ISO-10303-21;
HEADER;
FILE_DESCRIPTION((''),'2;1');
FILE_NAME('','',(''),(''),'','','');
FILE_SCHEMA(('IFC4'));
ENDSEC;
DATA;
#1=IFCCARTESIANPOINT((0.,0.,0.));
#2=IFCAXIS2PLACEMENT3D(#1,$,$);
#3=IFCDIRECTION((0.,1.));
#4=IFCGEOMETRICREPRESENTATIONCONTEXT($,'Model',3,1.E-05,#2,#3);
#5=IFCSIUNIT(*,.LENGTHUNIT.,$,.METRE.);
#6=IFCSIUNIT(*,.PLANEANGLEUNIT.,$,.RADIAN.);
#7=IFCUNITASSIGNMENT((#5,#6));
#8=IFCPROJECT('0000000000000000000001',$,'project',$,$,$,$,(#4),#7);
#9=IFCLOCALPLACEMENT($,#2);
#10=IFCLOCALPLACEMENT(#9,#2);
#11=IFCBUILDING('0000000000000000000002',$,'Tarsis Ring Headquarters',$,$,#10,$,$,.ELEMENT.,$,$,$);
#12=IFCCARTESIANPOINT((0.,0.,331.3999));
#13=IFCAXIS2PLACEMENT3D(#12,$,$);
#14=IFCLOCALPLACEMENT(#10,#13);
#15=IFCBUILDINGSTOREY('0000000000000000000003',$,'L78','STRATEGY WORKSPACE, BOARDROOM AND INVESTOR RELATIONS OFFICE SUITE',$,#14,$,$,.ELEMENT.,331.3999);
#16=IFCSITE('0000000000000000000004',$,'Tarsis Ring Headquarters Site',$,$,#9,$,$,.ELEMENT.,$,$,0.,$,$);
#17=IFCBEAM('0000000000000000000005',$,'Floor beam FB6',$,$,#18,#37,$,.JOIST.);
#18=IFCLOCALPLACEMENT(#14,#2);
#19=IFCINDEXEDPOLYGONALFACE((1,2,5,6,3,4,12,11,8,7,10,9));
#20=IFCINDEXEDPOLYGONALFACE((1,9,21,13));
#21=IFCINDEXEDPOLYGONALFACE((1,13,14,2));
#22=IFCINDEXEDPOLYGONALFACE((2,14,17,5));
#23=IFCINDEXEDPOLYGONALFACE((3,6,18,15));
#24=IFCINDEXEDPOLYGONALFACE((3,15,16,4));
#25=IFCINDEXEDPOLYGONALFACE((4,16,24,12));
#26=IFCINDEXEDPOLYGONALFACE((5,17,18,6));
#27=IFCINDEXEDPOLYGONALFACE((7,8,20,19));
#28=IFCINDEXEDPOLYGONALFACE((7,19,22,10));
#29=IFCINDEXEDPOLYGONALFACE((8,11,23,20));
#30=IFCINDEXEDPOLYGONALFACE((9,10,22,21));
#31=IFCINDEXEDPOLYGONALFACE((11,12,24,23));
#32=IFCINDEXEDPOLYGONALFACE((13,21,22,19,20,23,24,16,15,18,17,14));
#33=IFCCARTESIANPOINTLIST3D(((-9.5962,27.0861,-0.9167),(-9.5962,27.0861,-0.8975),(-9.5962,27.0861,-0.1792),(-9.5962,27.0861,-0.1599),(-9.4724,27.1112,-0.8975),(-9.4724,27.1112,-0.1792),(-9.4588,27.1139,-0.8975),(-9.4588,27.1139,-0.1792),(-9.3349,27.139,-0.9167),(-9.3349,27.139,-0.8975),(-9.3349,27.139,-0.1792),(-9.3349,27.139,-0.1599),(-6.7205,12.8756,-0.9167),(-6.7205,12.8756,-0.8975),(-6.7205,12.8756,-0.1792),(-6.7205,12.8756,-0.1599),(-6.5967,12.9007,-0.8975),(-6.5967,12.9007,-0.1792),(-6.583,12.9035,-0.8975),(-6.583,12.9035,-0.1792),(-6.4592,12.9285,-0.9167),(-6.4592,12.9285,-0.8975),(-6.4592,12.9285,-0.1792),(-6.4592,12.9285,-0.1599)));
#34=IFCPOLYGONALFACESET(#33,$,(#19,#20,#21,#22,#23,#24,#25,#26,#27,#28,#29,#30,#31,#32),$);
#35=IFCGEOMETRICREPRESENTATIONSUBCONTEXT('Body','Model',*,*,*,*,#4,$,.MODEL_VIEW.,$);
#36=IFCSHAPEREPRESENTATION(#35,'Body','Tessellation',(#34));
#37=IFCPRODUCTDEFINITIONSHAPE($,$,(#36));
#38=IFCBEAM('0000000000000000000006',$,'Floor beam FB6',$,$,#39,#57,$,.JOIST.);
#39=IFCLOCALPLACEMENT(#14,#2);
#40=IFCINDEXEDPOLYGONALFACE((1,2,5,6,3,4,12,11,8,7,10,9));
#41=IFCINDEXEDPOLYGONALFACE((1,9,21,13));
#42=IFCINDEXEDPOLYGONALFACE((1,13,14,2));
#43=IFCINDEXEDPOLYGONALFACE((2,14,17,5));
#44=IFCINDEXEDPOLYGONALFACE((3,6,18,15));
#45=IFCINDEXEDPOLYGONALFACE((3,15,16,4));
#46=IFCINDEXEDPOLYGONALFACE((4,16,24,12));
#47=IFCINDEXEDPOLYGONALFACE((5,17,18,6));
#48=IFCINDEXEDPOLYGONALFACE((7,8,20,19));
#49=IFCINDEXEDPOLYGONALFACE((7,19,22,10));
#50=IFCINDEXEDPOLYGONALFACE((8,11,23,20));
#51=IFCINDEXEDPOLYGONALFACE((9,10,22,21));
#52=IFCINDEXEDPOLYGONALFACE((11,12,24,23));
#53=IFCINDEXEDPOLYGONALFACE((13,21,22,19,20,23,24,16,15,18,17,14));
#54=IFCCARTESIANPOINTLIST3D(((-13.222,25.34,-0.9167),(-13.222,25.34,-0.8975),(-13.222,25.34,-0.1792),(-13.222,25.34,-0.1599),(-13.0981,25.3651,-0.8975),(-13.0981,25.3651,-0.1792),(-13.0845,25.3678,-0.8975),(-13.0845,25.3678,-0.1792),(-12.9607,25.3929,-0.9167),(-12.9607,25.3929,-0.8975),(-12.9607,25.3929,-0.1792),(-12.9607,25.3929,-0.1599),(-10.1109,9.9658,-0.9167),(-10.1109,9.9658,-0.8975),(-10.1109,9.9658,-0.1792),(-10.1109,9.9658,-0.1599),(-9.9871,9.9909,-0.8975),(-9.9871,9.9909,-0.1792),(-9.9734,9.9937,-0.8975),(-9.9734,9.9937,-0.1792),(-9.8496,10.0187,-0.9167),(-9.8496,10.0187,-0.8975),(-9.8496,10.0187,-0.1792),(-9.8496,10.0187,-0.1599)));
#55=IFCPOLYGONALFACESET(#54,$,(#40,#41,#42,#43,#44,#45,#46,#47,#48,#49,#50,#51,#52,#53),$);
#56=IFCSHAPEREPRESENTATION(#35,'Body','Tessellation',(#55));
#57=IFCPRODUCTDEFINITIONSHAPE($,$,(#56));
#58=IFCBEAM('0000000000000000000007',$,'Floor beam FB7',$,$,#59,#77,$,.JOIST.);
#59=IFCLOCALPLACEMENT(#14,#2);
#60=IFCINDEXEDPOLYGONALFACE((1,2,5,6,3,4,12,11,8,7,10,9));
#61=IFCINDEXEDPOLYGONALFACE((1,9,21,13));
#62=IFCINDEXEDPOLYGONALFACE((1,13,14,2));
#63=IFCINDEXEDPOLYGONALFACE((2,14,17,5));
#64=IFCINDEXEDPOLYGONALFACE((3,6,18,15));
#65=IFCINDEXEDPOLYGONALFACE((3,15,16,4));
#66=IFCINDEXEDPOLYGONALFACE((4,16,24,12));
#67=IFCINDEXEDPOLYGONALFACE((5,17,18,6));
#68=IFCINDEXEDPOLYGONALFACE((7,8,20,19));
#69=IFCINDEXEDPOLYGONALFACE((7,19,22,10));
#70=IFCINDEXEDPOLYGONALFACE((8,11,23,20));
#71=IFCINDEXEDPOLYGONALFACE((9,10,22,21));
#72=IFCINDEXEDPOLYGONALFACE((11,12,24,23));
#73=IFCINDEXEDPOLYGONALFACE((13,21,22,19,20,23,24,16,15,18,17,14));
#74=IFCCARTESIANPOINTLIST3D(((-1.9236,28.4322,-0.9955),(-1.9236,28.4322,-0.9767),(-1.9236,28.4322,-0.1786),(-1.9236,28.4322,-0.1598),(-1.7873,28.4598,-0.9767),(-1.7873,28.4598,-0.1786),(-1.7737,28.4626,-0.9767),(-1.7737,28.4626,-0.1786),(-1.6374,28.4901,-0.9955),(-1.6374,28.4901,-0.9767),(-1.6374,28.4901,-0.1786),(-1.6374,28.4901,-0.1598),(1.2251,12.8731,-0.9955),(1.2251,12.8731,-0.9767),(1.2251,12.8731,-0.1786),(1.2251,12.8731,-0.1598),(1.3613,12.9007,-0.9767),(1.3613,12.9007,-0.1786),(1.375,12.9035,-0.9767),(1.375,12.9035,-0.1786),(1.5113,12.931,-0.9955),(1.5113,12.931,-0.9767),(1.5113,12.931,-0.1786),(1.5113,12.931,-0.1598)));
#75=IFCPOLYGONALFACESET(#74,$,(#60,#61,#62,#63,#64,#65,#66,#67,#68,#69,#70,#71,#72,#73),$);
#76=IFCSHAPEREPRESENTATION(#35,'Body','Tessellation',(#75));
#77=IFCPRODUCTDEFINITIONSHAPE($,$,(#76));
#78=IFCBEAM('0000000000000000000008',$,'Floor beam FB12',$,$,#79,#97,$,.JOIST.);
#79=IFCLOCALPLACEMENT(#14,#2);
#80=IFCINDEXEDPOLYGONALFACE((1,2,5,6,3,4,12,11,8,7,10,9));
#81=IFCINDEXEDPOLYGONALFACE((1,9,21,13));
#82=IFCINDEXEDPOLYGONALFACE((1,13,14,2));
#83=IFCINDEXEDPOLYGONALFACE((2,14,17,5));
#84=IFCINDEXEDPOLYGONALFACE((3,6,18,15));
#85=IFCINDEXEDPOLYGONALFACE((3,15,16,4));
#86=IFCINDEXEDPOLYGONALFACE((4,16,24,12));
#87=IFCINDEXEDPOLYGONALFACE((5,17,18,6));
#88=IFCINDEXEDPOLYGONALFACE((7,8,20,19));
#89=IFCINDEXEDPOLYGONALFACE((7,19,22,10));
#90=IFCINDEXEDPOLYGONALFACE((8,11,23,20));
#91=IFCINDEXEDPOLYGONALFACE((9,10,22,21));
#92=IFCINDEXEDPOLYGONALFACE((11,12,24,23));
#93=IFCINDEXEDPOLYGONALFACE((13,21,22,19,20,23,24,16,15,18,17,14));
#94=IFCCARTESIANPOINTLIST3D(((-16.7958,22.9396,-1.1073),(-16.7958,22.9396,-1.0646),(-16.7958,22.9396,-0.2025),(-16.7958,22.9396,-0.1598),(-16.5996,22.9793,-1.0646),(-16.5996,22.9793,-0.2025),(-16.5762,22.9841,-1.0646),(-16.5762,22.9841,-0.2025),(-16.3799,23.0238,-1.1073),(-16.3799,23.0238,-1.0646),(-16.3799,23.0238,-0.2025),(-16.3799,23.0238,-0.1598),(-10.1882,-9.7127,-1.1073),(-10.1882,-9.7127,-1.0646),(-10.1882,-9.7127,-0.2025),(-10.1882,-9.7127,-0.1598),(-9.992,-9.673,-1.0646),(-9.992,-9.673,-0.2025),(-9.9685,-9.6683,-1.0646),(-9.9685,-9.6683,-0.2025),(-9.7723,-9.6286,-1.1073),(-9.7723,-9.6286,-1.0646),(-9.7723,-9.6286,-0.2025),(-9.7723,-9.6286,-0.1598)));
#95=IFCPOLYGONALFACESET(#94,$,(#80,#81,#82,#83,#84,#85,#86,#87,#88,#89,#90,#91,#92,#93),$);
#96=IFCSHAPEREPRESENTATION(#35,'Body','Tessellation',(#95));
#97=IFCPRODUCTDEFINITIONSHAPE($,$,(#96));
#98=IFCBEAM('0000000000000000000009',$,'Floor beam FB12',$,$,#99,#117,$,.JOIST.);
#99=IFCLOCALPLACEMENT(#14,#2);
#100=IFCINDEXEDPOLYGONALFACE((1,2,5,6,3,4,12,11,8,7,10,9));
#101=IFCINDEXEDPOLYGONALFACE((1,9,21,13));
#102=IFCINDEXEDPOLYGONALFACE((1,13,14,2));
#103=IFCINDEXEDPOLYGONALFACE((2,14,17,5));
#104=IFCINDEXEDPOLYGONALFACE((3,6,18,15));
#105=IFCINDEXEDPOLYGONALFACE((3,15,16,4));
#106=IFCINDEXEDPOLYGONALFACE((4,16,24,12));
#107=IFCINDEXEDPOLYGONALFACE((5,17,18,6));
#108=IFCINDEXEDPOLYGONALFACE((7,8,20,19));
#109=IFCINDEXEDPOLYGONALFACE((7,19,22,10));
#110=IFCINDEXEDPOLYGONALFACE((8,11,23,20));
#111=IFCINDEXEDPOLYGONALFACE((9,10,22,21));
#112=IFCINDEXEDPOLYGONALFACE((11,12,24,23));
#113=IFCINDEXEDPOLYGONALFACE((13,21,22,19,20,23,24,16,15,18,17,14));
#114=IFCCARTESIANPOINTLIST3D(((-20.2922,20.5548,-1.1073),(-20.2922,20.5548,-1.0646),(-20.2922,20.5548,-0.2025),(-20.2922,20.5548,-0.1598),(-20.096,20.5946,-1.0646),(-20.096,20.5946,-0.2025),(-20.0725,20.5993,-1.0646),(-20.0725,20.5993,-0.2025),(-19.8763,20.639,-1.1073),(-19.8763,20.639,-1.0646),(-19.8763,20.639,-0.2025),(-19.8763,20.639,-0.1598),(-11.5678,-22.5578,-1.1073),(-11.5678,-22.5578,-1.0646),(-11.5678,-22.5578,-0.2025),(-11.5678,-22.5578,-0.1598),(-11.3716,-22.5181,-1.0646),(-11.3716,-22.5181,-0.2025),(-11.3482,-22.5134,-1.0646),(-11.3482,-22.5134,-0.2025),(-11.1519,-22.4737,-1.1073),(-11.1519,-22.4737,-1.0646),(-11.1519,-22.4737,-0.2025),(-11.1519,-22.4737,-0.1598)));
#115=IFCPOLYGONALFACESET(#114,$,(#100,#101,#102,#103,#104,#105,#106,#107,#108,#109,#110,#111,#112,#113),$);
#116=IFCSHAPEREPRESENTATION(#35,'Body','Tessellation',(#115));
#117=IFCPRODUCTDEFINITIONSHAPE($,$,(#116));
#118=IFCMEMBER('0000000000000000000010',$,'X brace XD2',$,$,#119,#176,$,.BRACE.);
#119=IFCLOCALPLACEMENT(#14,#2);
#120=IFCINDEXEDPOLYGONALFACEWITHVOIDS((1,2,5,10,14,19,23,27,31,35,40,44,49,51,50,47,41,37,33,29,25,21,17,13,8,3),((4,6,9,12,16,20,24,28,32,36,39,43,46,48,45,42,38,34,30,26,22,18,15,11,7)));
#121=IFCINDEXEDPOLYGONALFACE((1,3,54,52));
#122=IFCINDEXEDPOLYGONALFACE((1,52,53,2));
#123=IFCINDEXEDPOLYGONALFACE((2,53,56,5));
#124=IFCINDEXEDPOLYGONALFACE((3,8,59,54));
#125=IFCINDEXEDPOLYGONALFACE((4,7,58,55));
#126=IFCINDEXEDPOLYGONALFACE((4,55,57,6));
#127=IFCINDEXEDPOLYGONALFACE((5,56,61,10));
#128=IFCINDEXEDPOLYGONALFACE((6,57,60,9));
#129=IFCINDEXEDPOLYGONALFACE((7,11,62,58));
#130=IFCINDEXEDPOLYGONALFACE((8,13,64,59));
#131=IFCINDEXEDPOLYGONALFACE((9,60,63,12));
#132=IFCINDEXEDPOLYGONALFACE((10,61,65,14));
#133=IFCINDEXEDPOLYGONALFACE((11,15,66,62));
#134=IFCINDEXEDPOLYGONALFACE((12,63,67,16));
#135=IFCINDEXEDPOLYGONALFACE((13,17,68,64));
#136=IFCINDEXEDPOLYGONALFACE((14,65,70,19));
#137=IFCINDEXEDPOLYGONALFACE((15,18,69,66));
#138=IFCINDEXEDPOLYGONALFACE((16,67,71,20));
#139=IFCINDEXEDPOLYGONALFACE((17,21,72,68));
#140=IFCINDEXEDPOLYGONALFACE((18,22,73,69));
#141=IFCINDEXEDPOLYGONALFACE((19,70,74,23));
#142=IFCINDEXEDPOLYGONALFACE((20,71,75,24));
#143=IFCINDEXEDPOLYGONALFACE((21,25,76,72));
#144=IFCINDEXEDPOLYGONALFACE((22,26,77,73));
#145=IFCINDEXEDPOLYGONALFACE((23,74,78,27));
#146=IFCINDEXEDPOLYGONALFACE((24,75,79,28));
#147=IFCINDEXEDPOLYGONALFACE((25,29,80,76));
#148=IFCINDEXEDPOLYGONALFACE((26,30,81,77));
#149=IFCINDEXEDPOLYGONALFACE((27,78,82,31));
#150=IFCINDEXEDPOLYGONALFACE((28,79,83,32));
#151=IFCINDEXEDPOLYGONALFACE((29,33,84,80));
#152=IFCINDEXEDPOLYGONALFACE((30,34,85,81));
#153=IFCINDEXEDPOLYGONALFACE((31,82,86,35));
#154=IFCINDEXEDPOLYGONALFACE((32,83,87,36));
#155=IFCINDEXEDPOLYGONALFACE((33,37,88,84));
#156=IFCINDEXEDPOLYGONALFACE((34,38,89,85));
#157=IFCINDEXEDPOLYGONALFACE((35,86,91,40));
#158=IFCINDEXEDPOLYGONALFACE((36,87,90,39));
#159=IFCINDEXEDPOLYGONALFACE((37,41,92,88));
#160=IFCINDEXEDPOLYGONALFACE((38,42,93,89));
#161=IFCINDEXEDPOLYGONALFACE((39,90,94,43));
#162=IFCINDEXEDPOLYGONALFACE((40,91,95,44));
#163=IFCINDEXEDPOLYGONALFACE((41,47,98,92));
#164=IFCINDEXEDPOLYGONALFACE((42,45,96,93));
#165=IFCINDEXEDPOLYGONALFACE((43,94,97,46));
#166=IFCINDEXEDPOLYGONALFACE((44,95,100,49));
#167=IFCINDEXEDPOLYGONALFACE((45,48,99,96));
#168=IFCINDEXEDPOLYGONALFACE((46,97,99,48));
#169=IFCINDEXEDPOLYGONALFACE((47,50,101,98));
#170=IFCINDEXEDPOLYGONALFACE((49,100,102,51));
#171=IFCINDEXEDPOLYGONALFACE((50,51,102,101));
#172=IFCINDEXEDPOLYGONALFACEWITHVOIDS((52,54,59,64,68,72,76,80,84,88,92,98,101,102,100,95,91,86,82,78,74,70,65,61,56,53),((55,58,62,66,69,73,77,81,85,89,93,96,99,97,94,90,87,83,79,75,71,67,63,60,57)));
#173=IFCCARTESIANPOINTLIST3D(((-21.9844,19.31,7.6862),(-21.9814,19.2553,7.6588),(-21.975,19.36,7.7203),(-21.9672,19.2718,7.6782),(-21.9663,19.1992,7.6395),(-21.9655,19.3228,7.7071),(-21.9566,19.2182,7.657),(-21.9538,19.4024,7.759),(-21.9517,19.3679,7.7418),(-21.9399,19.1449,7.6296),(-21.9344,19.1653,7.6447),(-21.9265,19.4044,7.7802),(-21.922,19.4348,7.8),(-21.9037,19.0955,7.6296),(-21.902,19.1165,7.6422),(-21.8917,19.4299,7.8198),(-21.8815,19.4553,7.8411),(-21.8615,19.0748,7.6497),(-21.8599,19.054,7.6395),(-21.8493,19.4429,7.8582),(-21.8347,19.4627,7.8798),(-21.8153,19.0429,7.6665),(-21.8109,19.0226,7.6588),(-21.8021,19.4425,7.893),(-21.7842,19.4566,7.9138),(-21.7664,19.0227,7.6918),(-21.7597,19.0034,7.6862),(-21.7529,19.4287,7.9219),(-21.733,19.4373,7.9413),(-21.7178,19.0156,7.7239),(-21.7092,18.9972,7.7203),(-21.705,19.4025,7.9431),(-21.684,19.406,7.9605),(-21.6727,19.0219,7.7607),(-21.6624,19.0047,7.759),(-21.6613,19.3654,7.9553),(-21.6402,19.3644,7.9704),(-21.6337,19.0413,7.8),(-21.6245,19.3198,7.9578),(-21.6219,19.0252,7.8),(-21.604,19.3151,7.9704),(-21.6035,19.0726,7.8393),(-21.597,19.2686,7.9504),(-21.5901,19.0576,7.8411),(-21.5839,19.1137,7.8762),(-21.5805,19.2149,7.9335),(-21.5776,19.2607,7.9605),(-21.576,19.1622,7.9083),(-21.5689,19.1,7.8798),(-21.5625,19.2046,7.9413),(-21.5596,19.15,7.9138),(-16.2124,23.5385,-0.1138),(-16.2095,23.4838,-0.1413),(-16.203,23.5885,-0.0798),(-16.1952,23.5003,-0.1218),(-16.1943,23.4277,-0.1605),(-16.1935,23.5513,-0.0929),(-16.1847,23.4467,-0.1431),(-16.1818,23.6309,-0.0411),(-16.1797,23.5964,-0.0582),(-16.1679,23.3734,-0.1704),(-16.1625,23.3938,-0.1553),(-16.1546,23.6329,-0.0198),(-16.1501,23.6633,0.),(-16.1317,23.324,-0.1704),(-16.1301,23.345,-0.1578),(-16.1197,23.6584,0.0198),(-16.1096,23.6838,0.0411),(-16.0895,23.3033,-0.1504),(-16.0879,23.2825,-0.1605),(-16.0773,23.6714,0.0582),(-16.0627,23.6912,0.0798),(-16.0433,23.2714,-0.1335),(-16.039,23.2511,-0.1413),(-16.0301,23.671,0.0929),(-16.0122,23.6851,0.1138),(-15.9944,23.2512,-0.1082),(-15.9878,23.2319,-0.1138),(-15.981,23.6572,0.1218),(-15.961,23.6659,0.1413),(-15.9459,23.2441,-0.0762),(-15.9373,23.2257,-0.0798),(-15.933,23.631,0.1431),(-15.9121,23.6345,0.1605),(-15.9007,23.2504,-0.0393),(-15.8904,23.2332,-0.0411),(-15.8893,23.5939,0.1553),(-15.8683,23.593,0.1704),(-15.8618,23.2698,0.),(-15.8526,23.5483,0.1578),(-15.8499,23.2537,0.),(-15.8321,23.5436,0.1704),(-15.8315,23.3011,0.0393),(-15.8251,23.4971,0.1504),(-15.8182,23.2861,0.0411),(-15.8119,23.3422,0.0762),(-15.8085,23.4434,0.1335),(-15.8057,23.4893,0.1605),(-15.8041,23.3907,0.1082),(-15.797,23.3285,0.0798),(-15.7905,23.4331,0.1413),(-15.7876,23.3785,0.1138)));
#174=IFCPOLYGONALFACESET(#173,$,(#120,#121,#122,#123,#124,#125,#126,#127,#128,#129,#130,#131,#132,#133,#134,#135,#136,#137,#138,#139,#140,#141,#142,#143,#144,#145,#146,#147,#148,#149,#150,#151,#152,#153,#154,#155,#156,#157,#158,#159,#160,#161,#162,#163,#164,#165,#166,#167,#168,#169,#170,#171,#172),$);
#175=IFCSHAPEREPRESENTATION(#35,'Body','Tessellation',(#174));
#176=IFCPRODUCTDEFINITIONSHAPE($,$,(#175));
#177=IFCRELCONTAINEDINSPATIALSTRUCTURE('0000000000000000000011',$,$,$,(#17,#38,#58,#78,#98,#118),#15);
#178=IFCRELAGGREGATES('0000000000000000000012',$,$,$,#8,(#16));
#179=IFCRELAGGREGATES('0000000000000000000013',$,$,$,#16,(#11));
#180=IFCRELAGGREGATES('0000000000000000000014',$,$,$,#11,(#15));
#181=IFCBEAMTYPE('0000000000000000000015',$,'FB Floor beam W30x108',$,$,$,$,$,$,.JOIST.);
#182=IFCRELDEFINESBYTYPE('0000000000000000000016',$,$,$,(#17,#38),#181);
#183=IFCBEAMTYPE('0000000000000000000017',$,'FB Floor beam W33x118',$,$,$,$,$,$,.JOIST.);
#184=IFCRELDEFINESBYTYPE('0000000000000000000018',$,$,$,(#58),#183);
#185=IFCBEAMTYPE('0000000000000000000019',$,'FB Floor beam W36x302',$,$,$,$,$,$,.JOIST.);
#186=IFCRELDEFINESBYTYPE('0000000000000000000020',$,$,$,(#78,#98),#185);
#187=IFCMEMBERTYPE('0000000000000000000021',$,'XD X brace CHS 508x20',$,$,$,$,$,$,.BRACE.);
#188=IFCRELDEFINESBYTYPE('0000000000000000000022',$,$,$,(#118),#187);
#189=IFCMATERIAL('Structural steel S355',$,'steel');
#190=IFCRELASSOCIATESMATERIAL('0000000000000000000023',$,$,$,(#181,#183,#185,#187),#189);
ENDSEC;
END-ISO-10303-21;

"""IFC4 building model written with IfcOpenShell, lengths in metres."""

from ifc_helpers import new_model, si_unit, direction, frame, origin, origin_2d, place, context, subcontext, project, spatial, hollow_circle, i_section, extrude, material, material_profile, profile_set, type_object, element, save


model = new_model("IFC4")

# Units and contexts
model_context = context("Model", 3, precision=1e-05, world=origin(), true_north=direction((0.0, 1.0)))
body_context = subcontext(model_context, "Body", "Model", "MODEL_VIEW")
ifc_project = project(units=[si_unit("LENGTHUNIT", "METRE"), si_unit("PLANEANGLEUNIT", "RADIAN")], contexts=[model_context])

# Site, building, storey
site_placement = place(None, origin())
site = spatial("IfcSite", under=ifc_project, at=site_placement, Name="Tarsis Ring Headquarters Site", CompositionType="ELEMENT", RefElevation=0.0)
building_placement = place(site_placement, origin())
building = spatial("IfcBuilding", under=site, at=building_placement, Name="Tarsis Ring Headquarters", CompositionType="ELEMENT")
storey_placement = place(building_placement, frame((0.0, 0.0, 331.3999)))
storey = spatial("IfcBuildingStorey", under=building, at=storey_placement, Name="L78", Description="STRATEGY WORKSPACE, BOARDROOM AND INVESTOR RELATIONS OFFICE SUITE", CompositionType="ELEMENT", Elevation=331.3999)

# Shared definitions
ifc_material_1 = material(Name="Structural steel S355", Category="steel")

# Beams
ifc_material_profile_1 = material_profile(ifc_material_1, i_section(OverallWidth=0.2666, OverallDepth=0.7568, WebThickness=0.0139, FlangeThickness=0.0193, at=origin_2d()), Name="W30x108")
ifc_profile_set_1 = profile_set([ifc_material_profile_1], Name="Structural steel S355")
beam_type_1 = type_object("IfcBeamType", Name="FB Floor beam W30x108", PredefinedType="JOIST", material=ifc_profile_set_1)
beam_1_placement = place(storey_placement, frame((-9.4656, 27.1125, -0.5383), z_axis=(0.198347, -0.980132, 0.0), x_axis=(0.980132, 0.198347, 0.0)))
element("IfcBeam", 1, at=beam_1_placement, inside=storey, type_object=beam_type_1, Name="Floor beam FB6", PredefinedType="JOIST", context=body_context, shape_type="SweptSolid", body=[
    extrude(i_section(OverallWidth=0.2666, OverallDepth=0.7568, WebThickness=0.0139, FlangeThickness=0.0193, at=origin_2d()), origin(), (0.0, 0.0, 1.0), 14.4985),
])
beam_2_placement = place(storey_placement, frame((-13.0913, 25.3665, -0.5383), z_axis=(0.198337, -0.980134, 0.0), x_axis=(0.980134, 0.198337, 0.0)))
element("IfcBeam", 2, at=beam_2_placement, inside=storey, type_object=beam_type_1, Name="Floor beam FB6", PredefinedType="JOIST", context=body_context, shape_type="SweptSolid", body=[
    extrude(i_section(OverallWidth=0.2666, OverallDepth=0.7568, WebThickness=0.0139, FlangeThickness=0.0193, at=origin_2d()), origin(), (0.0, 0.0, 1.0), 15.6858),
])
ifc_material_profile_2 = material_profile(ifc_material_1, i_section(OverallWidth=0.292, OverallDepth=0.8357, WebThickness=0.0139, FlangeThickness=0.0188, at=origin_2d()), Name="W33x118")
ifc_profile_set_2 = profile_set([ifc_material_profile_2], Name="Structural steel S355")
beam_type_2 = type_object("IfcBeamType", Name="FB Floor beam W33x118", PredefinedType="JOIST", material=ifc_profile_set_2)
beam_3_placement = place(storey_placement, frame((-1.7805, 28.4612, -0.5776), z_axis=(0.198349, -0.980132, 0.0), x_axis=(0.980132, 0.198349, 0.0)))
element("IfcBeam", 3, at=beam_3_placement, inside=storey, type_object=beam_type_2, Name="Floor beam FB7", PredefinedType="JOIST", context=body_context, shape_type="SweptSolid", body=[
    extrude(i_section(OverallWidth=0.292, OverallDepth=0.8357, WebThickness=0.0139, FlangeThickness=0.0188, at=origin_2d()), origin(), (0.0, 0.0, 1.0), 15.8745),
])
ifc_material_profile_3 = material_profile(ifc_material_1, i_section(OverallWidth=0.4243, OverallDepth=0.9475, WebThickness=0.0239, FlangeThickness=0.0427, at=origin_2d()), Name="W36x302")
ifc_profile_set_3 = profile_set([ifc_material_profile_3], Name="Structural steel S355")
beam_type_3 = type_object("IfcBeamType", Name="FB Floor beam W36x302", PredefinedType="JOIST", material=ifc_profile_set_3)
beam_4_placement = place(storey_placement, frame((-16.5879, 22.9817, -0.6335), z_axis=(0.198344, -0.980133, 0.0), x_axis=(0.980133, 0.198344, 0.0)))
element("IfcBeam", 4, at=beam_4_placement, inside=storey, type_object=beam_type_3, Name="Floor beam FB12", PredefinedType="JOIST", context=body_context, shape_type="SweptSolid", body=[
    extrude(i_section(OverallWidth=0.4243, OverallDepth=0.9475, WebThickness=0.0239, FlangeThickness=0.0427, at=origin_2d()), origin(), (0.0, 0.0, 1.0), 33.3142),
])
beam_5_placement = place(storey_placement, frame((-20.0842, 20.5969, -0.6335), z_axis=(0.198341, -0.980133, 0.0), x_axis=(0.980133, 0.198341, 0.0)))
element("IfcBeam", 5, at=beam_5_placement, inside=storey, type_object=beam_type_3, Name="Floor beam FB12", PredefinedType="JOIST", context=body_context, shape_type="SweptSolid", body=[
    extrude(i_section(OverallWidth=0.4243, OverallDepth=0.9475, WebThickness=0.0239, FlangeThickness=0.0427, at=origin_2d()), origin(), (0.0, 0.0, 1.0), 43.9866),
])

# Member
ifc_material_profile_4 = material_profile(ifc_material_1, hollow_circle(Radius=0.2539, WallThickness=0.02, at=origin_2d()), Name="CHS 508x20")
ifc_profile_set_4 = profile_set([ifc_material_profile_4], Name="Structural steel S355")
member_type = type_object("IfcMemberType", Name="XD X brace CHS 508x20", PredefinedType="BRACE", material=ifc_profile_set_4)
member_1_placement = place(storey_placement, frame((-16.0, 23.4585, 0.0), z_axis=(-0.545311, -0.399492, 0.736914), x_axis=(0.590976, -0.806689, 0.0)))
element("IfcMember", 6, at=member_1_placement, inside=storey, type_object=member_type, Name="X brace XD2", PredefinedType="BRACE", context=body_context, shape_type="SweptSolid", body=[
    extrude(hollow_circle(Radius=0.2539, WallThickness=0.02, at=origin_2d()), origin(), (0.0, 0.0, 1.0), 10.5847),
])

save(model, "model.ifc")
